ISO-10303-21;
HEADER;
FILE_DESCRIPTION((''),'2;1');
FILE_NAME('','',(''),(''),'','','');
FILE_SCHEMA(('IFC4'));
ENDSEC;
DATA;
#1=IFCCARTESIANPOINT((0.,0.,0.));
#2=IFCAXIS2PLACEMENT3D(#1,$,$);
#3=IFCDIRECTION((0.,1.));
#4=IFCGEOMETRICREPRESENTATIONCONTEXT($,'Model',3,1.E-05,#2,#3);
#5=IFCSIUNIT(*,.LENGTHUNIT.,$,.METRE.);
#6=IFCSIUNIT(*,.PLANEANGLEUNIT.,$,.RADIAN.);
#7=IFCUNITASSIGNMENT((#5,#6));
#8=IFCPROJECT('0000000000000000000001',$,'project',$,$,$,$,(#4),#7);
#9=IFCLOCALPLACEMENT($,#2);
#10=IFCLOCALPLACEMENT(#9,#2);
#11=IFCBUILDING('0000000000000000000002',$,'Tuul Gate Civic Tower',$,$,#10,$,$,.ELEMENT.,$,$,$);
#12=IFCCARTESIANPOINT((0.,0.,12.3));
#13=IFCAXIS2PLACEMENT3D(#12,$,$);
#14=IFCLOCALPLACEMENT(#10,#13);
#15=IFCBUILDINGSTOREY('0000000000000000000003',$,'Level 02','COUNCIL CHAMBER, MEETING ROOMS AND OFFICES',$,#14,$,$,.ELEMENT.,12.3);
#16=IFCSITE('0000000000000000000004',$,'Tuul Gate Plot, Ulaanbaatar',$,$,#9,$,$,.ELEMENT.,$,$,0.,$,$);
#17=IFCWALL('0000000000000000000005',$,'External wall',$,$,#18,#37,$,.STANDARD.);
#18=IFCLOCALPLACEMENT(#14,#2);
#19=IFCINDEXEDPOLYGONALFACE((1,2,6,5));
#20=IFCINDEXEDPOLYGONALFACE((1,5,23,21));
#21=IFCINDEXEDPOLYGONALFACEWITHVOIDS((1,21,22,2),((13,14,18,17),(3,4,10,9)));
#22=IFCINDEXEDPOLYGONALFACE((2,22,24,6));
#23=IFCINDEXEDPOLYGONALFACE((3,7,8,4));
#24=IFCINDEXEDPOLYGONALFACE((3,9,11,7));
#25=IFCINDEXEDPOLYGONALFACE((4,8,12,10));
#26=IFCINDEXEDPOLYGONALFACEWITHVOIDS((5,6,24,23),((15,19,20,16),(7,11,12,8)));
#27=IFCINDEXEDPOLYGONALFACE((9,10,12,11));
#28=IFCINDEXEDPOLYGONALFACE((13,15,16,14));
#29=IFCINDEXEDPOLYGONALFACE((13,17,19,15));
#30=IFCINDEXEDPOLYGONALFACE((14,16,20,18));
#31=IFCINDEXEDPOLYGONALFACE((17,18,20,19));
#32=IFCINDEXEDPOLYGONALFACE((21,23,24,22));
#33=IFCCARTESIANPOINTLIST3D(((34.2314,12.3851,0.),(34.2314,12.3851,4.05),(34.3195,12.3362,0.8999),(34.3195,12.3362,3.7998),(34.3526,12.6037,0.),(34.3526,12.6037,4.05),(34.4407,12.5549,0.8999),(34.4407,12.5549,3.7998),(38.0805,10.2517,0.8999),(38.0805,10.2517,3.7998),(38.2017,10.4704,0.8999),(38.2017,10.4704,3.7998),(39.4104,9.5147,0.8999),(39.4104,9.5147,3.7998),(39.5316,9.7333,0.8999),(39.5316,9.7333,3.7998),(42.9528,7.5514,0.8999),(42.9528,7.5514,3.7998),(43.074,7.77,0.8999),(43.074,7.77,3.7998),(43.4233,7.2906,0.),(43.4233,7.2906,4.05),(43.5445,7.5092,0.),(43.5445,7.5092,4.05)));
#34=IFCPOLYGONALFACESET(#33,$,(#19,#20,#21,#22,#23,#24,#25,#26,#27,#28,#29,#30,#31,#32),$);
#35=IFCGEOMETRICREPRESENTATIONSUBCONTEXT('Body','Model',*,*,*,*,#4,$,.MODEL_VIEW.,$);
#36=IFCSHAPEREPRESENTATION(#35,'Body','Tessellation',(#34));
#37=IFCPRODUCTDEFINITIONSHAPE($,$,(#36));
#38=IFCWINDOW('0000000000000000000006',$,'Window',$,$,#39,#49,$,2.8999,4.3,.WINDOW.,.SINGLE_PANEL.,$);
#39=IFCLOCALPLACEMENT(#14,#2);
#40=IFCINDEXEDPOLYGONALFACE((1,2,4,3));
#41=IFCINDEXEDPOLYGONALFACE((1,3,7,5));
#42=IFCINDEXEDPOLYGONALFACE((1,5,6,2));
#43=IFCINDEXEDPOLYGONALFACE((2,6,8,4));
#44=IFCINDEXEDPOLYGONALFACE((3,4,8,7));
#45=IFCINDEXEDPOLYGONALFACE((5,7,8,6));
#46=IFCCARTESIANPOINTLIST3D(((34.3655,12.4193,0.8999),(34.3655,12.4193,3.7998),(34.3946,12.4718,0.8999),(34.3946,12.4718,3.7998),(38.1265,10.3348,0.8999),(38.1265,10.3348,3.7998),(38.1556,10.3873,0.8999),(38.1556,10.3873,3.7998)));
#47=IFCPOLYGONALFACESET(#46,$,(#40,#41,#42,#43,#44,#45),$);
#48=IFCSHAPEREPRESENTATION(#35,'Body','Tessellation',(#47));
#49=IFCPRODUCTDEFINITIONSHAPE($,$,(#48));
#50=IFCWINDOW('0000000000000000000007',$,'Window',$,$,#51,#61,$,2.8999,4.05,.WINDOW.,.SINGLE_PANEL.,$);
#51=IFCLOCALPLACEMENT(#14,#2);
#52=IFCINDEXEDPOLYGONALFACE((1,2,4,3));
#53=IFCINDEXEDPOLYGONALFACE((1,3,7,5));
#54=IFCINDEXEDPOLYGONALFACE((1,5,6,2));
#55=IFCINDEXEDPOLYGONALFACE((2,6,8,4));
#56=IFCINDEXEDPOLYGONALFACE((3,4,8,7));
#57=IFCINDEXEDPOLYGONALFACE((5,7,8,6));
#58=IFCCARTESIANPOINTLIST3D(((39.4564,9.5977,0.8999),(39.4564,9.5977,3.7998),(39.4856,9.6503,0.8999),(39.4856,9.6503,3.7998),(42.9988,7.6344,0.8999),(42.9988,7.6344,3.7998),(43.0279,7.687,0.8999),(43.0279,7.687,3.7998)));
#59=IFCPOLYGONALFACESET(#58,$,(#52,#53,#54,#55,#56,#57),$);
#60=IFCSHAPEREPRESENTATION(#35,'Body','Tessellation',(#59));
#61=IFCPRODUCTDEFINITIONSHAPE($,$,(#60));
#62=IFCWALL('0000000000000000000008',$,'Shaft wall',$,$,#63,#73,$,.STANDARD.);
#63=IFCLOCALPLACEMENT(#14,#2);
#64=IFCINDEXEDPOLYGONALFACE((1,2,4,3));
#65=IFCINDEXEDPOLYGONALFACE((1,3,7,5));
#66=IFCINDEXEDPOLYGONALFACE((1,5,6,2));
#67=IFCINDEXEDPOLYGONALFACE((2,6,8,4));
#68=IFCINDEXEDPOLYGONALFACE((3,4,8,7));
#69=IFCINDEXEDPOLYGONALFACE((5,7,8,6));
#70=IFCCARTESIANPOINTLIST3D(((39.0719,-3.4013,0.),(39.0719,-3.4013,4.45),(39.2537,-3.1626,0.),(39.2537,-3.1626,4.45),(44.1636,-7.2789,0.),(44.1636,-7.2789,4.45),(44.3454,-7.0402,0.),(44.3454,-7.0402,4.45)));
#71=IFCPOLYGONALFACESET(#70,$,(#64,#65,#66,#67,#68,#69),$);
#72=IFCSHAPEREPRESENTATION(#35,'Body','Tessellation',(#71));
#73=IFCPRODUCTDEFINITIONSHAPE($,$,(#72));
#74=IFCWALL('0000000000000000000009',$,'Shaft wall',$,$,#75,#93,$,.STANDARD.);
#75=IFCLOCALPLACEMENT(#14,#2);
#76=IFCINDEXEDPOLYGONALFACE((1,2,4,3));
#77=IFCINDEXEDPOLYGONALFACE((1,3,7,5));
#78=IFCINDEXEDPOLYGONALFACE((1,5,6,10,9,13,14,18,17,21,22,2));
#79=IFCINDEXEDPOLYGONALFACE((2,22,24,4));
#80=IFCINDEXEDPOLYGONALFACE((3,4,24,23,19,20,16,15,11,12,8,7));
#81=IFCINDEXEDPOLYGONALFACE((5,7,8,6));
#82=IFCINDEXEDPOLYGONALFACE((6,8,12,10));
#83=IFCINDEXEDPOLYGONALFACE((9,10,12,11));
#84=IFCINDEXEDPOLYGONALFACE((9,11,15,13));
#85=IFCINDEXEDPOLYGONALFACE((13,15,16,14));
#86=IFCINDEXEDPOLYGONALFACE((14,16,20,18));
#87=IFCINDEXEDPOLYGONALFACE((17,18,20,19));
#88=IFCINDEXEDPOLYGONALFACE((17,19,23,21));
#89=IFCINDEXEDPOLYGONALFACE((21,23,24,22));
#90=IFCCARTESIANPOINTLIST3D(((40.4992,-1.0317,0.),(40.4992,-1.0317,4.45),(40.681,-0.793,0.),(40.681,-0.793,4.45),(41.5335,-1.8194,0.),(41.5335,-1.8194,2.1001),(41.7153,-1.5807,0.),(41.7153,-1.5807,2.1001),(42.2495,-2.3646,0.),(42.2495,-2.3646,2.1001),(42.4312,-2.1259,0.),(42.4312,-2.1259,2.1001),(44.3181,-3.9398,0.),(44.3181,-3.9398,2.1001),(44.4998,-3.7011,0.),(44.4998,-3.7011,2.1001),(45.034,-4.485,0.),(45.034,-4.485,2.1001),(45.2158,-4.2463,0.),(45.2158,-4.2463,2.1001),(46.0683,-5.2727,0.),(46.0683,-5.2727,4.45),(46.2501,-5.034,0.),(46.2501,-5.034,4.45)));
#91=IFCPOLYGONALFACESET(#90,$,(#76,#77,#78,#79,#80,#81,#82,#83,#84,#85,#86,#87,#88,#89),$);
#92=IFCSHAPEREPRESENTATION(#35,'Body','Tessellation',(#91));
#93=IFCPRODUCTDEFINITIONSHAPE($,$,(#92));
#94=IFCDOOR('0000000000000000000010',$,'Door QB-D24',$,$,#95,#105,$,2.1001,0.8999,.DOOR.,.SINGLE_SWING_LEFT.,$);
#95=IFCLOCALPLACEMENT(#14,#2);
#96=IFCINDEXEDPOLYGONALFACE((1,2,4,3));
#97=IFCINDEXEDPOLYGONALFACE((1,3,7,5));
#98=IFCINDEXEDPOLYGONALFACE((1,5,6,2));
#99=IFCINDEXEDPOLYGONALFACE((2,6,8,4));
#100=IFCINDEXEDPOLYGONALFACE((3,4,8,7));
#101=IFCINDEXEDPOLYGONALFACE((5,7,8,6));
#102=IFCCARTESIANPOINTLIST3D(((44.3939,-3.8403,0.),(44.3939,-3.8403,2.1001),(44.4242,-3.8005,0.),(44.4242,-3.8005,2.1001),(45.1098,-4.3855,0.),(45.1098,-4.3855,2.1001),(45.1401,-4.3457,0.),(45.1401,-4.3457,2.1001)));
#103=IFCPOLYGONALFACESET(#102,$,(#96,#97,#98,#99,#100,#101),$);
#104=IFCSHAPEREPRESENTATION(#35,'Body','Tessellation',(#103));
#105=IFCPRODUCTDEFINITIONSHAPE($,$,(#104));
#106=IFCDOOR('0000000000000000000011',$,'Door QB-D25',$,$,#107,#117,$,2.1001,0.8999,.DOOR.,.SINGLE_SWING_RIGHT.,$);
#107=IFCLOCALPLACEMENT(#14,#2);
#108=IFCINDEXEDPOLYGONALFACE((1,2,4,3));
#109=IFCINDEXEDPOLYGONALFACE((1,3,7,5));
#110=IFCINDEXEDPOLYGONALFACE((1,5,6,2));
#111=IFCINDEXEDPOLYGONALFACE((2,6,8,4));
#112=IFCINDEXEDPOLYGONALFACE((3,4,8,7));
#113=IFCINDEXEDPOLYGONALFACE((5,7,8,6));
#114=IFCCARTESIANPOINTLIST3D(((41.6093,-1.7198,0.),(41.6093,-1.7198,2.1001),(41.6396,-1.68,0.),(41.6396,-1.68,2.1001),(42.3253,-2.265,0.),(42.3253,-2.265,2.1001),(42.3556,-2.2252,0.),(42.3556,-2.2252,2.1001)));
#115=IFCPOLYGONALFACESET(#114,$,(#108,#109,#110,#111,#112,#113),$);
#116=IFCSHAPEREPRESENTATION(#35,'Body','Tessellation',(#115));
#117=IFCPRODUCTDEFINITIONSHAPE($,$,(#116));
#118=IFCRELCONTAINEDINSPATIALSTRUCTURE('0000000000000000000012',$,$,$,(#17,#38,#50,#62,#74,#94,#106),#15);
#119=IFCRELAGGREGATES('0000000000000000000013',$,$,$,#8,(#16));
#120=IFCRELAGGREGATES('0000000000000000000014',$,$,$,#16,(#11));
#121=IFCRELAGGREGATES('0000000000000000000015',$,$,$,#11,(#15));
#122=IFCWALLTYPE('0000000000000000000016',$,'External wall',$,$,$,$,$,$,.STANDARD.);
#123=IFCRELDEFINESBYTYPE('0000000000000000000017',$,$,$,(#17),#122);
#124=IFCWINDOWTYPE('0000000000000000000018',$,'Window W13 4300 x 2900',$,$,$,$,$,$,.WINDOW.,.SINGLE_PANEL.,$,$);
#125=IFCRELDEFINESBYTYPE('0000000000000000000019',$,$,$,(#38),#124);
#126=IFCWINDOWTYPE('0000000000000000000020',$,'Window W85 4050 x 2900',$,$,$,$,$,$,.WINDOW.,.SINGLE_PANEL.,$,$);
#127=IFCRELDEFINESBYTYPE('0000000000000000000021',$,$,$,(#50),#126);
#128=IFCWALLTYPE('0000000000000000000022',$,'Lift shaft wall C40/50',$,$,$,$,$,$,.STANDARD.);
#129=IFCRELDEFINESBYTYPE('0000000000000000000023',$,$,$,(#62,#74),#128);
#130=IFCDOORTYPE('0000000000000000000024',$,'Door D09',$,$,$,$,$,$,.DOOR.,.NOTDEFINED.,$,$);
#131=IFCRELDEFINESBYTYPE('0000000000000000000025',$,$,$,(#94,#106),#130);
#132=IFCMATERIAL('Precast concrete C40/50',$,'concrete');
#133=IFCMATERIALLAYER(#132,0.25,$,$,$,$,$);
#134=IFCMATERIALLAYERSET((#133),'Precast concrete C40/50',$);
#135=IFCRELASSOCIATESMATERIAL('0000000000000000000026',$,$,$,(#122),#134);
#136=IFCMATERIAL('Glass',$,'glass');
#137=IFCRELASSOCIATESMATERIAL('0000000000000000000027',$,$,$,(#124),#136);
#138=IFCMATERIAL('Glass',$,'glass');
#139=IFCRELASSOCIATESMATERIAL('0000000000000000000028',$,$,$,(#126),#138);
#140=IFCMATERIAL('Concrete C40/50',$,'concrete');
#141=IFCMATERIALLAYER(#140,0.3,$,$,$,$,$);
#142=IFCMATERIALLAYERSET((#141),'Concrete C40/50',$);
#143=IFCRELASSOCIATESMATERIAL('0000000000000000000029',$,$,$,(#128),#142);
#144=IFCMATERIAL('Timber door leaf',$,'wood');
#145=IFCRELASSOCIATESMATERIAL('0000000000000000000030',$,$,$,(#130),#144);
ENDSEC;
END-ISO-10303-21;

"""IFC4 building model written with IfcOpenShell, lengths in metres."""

from ifc_helpers import new_model, si_unit, direction, frame, frame_2d, origin, place, context, subcontext, project, spatial, rectangle, extrude, material, layer, layer_set, type_object, element, fill, save


model = new_model("IFC4")

# Units and contexts
model_context = context("Model", 3, precision=1e-05, world=origin(), true_north=direction((0.0, 1.0)))
body_context = subcontext(model_context, "Body", "Model", "MODEL_VIEW")
ifc_project = project(units=[si_unit("LENGTHUNIT", "METRE"), si_unit("PLANEANGLEUNIT", "RADIAN")], contexts=[model_context])

# Site, building, storey
site_placement = place(None, origin())
site = spatial("IfcSite", under=ifc_project, at=site_placement, Name="Tuul Gate Plot, Ulaanbaatar", CompositionType="ELEMENT", RefElevation=0.0)
building_placement = place(site_placement, origin())
building = spatial("IfcBuilding", under=site, at=building_placement, Name="Tuul Gate Civic Tower", CompositionType="ELEMENT")
storey_placement = place(building_placement, frame((0.0, 0.0, 12.3)))
storey = spatial("IfcBuildingStorey", under=building, at=storey_placement, Name="Level 02", Description="COUNCIL CHAMBER, MEETING ROOMS AND OFFICES", CompositionType="ELEMENT", Elevation=12.3)

# Wall, openings, windows
ifc_material_1 = material(Name="Precast concrete C40/50", Category="concrete")
ifc_layer_1 = layer(ifc_material_1, 0.25)
ifc_layer_set_1 = layer_set([ifc_layer_1], Name="Precast concrete C40/50")
wall_type_1 = type_object("IfcWallType", Name="External wall", PredefinedType="STANDARD", material=ifc_layer_set_1)
ifc_material_2 = material(Name="Glass", Category="glass")
window_type_1 = type_object("IfcWindowType", Name="Window W13 4300 x 2900", PartitioningType="SINGLE_PANEL", PredefinedType="WINDOW", material=ifc_material_2)
wall_1_placement = place(storey_placement, frame((43.4839, 7.3999, 0.0), z_axis=(0.0, 0.0, 1.0), x_axis=(-0.874647, 0.484761, 0.0)))
wall_1 = element("IfcWall", 1, at=wall_1_placement, inside=storey, type_object=wall_type_1, Name="External wall", PredefinedType="STANDARD", context=body_context, shape_type="SweptSolid", body=[
    extrude(rectangle(XDim=10.5093, YDim=0.25, at=frame_2d((5.2546, 0.0))), origin(), (0.0, 0.0, 1.0), 4.05),
])
opening_1_placement = place(wall_1_placement, frame((0.5381, 0.0, 0.8999)))
opening_1 = element("IfcOpeningElement", 2, at=opening_1_placement, cuts=wall_1, PredefinedType="OPENING", context=body_context, shape_type="SweptSolid", body=[
    extrude(rectangle(XDim=4.05, YDim=2.8999, at=frame_2d((2.0249, 1.45))), frame((0.0, 0.135, 0.0), z_axis=(0.0, -1.0, 0.0), x_axis=(1.0, 0.0, 0.0)), (0.0, 0.0, 1.0), 0.27),
])
opening_2_placement = place(wall_1_placement, frame((6.1086, 0.0, 0.8999)))
opening_2 = element("IfcOpeningElement", 3, at=opening_2_placement, cuts=wall_1, PredefinedType="OPENING", context=body_context, shape_type="SweptSolid", body=[
    extrude(rectangle(XDim=4.3, YDim=2.8999, at=frame_2d((2.1499, 1.45))), frame((0.0, 0.135, 0.0), z_axis=(0.0, -1.0, 0.0), x_axis=(1.0, 0.0, 0.0)), (0.0, 0.0, 1.0), 0.27),
])
window_1_placement = place(opening_2_placement, origin())
window_1 = element("IfcWindow", 4, at=window_1_placement, inside=storey, type_object=window_type_1, Name="Window", OverallHeight=2.8999, OverallWidth=4.3, PartitioningType="SINGLE_PANEL", PredefinedType="WINDOW", context=body_context, shape_type="SweptSolid", body=[
    extrude(rectangle(XDim=4.3, YDim=2.8999, at=frame_2d((2.1499, 1.45))), frame((0.0, 0.03, 0.0), z_axis=(0.0, -1.0, 0.0), x_axis=(1.0, 0.0, 0.0)), (0.0, 0.0, 1.0), 0.0601),
])
fill(opening_2, window_1)
ifc_material_3 = material(Name="Glass", Category="glass")
window_type_2 = type_object("IfcWindowType", Name="Window W85 4050 x 2900", PartitioningType="SINGLE_PANEL", PredefinedType="WINDOW", material=ifc_material_3)
window_2_placement = place(opening_1_placement, origin())
window_2 = element("IfcWindow", 5, at=window_2_placement, inside=storey, type_object=window_type_2, Name="Window", OverallHeight=2.8999, OverallWidth=4.05, PartitioningType="SINGLE_PANEL", PredefinedType="WINDOW", context=body_context, shape_type="SweptSolid", body=[
    extrude(rectangle(XDim=4.05, YDim=2.8999, at=frame_2d((2.0249, 1.45))), frame((0.0, 0.03, 0.0), z_axis=(0.0, -1.0, 0.0), x_axis=(1.0, 0.0, 0.0)), (0.0, 0.0, 1.0), 0.0601),
])
fill(opening_1, window_2)

# Wall
ifc_material_4 = material(Name="Concrete C40/50", Category="concrete")
ifc_layer_2 = layer(ifc_material_4, 0.3)
ifc_layer_set_2 = layer_set([ifc_layer_2], Name="Concrete C40/50")
wall_type_2 = type_object("IfcWallType", Name="Lift shaft wall C40/50", PredefinedType="STANDARD", material=ifc_layer_set_2)
wall_2_placement = place(storey_placement, frame((44.2546, -7.1597, 0.0), z_axis=(0.0, 0.0, 1.0), x_axis=(-0.795566, 0.605867, 0.0)))
element("IfcWall", 6, at=wall_2_placement, inside=storey, type_object=wall_type_2, Name="Shaft wall", PredefinedType="STANDARD", context=body_context, shape_type="SweptSolid", body=[
    extrude(rectangle(XDim=6.4001, YDim=0.3, at=frame_2d((3.2002, 0.0))), origin(), (0.0, 0.0, 1.0), 4.45),
])

# Wall, openings, doors
wall_3_placement = place(storey_placement, frame((46.1592, -5.1533, 0.0), z_axis=(0.0, 0.0, 1.0), x_axis=(-0.79558, 0.605849, 0.0)))
wall_3 = element("IfcWall", 7, at=wall_3_placement, inside=storey, type_object=wall_type_2, Name="Shaft wall", PredefinedType="STANDARD", context=body_context, shape_type="SweptSolid", body=[
    extrude(rectangle(XDim=7.0, YDim=0.3, at=frame_2d((3.5, 0.0))), origin(), (0.0, 0.0, 1.0), 4.45),
])
opening_3_placement = place(wall_3_placement, frame((1.3, 0.0, 0.0)))
opening_3 = element("IfcOpeningElement", 8, at=opening_3_placement, cuts=wall_3, PredefinedType="OPENING", context=body_context, shape_type="SweptSolid", body=[
    extrude(rectangle(XDim=0.8999, YDim=2.1001, at=frame_2d((0.45, 1.05))), frame((0.0, 0.1602, 0.0), z_axis=(0.0, -1.0, 0.0), x_axis=(1.0, 0.0, 0.0)), (0.0, 0.0, 1.0), 0.3201),
])
opening_4_placement = place(wall_3_placement, frame((4.8, 0.0, 0.0)))
opening_4 = element("IfcOpeningElement", 9, at=opening_4_placement, cuts=wall_3, PredefinedType="OPENING", context=body_context, shape_type="SweptSolid", body=[
    extrude(rectangle(XDim=0.8999, YDim=2.1001, at=frame_2d((0.45, 1.05))), frame((0.0, 0.1602, 0.0), z_axis=(0.0, -1.0, 0.0), x_axis=(1.0, 0.0, 0.0)), (0.0, 0.0, 1.0), 0.3201),
])
ifc_material_5 = material(Name="Timber door leaf", Category="wood")
door_type = type_object("IfcDoorType", Name="Door D09", OperationType="NOTDEFINED", PredefinedType="DOOR", material=ifc_material_5)
door_1_placement = place(opening_3_placement, origin())
door_1 = element("IfcDoor", 10, at=door_1_placement, inside=storey, type_object=door_type, Name="Door QB-D24", OperationType="SINGLE_SWING_LEFT", OverallHeight=2.1001, OverallWidth=0.8999, PredefinedType="DOOR", context=body_context, shape_type="SweptSolid", body=[
    extrude(rectangle(XDim=0.8999, YDim=2.1001, at=frame_2d((0.45, 1.05))), frame((0.0, 0.0249, 0.0), z_axis=(0.0, -1.0, 0.0), x_axis=(1.0, 0.0, 0.0)), (0.0, 0.0, 1.0), 0.05),
])
fill(opening_3, door_1)
door_2_placement = place(opening_4_placement, origin())
door_2 = element("IfcDoor", 11, at=door_2_placement, inside=storey, type_object=door_type, Name="Door QB-D25", OperationType="SINGLE_SWING_RIGHT", OverallHeight=2.1001, OverallWidth=0.8999, PredefinedType="DOOR", context=body_context, shape_type="SweptSolid", body=[
    extrude(rectangle(XDim=0.8999, YDim=2.1001, at=frame_2d((0.45, 1.05))), frame((0.0, 0.0249, 0.0), z_axis=(0.0, -1.0, 0.0), x_axis=(1.0, 0.0, 0.0)), (0.0, 0.0, 1.0), 0.05),
])
fill(opening_4, door_2)

save(model, "model.ifc")
